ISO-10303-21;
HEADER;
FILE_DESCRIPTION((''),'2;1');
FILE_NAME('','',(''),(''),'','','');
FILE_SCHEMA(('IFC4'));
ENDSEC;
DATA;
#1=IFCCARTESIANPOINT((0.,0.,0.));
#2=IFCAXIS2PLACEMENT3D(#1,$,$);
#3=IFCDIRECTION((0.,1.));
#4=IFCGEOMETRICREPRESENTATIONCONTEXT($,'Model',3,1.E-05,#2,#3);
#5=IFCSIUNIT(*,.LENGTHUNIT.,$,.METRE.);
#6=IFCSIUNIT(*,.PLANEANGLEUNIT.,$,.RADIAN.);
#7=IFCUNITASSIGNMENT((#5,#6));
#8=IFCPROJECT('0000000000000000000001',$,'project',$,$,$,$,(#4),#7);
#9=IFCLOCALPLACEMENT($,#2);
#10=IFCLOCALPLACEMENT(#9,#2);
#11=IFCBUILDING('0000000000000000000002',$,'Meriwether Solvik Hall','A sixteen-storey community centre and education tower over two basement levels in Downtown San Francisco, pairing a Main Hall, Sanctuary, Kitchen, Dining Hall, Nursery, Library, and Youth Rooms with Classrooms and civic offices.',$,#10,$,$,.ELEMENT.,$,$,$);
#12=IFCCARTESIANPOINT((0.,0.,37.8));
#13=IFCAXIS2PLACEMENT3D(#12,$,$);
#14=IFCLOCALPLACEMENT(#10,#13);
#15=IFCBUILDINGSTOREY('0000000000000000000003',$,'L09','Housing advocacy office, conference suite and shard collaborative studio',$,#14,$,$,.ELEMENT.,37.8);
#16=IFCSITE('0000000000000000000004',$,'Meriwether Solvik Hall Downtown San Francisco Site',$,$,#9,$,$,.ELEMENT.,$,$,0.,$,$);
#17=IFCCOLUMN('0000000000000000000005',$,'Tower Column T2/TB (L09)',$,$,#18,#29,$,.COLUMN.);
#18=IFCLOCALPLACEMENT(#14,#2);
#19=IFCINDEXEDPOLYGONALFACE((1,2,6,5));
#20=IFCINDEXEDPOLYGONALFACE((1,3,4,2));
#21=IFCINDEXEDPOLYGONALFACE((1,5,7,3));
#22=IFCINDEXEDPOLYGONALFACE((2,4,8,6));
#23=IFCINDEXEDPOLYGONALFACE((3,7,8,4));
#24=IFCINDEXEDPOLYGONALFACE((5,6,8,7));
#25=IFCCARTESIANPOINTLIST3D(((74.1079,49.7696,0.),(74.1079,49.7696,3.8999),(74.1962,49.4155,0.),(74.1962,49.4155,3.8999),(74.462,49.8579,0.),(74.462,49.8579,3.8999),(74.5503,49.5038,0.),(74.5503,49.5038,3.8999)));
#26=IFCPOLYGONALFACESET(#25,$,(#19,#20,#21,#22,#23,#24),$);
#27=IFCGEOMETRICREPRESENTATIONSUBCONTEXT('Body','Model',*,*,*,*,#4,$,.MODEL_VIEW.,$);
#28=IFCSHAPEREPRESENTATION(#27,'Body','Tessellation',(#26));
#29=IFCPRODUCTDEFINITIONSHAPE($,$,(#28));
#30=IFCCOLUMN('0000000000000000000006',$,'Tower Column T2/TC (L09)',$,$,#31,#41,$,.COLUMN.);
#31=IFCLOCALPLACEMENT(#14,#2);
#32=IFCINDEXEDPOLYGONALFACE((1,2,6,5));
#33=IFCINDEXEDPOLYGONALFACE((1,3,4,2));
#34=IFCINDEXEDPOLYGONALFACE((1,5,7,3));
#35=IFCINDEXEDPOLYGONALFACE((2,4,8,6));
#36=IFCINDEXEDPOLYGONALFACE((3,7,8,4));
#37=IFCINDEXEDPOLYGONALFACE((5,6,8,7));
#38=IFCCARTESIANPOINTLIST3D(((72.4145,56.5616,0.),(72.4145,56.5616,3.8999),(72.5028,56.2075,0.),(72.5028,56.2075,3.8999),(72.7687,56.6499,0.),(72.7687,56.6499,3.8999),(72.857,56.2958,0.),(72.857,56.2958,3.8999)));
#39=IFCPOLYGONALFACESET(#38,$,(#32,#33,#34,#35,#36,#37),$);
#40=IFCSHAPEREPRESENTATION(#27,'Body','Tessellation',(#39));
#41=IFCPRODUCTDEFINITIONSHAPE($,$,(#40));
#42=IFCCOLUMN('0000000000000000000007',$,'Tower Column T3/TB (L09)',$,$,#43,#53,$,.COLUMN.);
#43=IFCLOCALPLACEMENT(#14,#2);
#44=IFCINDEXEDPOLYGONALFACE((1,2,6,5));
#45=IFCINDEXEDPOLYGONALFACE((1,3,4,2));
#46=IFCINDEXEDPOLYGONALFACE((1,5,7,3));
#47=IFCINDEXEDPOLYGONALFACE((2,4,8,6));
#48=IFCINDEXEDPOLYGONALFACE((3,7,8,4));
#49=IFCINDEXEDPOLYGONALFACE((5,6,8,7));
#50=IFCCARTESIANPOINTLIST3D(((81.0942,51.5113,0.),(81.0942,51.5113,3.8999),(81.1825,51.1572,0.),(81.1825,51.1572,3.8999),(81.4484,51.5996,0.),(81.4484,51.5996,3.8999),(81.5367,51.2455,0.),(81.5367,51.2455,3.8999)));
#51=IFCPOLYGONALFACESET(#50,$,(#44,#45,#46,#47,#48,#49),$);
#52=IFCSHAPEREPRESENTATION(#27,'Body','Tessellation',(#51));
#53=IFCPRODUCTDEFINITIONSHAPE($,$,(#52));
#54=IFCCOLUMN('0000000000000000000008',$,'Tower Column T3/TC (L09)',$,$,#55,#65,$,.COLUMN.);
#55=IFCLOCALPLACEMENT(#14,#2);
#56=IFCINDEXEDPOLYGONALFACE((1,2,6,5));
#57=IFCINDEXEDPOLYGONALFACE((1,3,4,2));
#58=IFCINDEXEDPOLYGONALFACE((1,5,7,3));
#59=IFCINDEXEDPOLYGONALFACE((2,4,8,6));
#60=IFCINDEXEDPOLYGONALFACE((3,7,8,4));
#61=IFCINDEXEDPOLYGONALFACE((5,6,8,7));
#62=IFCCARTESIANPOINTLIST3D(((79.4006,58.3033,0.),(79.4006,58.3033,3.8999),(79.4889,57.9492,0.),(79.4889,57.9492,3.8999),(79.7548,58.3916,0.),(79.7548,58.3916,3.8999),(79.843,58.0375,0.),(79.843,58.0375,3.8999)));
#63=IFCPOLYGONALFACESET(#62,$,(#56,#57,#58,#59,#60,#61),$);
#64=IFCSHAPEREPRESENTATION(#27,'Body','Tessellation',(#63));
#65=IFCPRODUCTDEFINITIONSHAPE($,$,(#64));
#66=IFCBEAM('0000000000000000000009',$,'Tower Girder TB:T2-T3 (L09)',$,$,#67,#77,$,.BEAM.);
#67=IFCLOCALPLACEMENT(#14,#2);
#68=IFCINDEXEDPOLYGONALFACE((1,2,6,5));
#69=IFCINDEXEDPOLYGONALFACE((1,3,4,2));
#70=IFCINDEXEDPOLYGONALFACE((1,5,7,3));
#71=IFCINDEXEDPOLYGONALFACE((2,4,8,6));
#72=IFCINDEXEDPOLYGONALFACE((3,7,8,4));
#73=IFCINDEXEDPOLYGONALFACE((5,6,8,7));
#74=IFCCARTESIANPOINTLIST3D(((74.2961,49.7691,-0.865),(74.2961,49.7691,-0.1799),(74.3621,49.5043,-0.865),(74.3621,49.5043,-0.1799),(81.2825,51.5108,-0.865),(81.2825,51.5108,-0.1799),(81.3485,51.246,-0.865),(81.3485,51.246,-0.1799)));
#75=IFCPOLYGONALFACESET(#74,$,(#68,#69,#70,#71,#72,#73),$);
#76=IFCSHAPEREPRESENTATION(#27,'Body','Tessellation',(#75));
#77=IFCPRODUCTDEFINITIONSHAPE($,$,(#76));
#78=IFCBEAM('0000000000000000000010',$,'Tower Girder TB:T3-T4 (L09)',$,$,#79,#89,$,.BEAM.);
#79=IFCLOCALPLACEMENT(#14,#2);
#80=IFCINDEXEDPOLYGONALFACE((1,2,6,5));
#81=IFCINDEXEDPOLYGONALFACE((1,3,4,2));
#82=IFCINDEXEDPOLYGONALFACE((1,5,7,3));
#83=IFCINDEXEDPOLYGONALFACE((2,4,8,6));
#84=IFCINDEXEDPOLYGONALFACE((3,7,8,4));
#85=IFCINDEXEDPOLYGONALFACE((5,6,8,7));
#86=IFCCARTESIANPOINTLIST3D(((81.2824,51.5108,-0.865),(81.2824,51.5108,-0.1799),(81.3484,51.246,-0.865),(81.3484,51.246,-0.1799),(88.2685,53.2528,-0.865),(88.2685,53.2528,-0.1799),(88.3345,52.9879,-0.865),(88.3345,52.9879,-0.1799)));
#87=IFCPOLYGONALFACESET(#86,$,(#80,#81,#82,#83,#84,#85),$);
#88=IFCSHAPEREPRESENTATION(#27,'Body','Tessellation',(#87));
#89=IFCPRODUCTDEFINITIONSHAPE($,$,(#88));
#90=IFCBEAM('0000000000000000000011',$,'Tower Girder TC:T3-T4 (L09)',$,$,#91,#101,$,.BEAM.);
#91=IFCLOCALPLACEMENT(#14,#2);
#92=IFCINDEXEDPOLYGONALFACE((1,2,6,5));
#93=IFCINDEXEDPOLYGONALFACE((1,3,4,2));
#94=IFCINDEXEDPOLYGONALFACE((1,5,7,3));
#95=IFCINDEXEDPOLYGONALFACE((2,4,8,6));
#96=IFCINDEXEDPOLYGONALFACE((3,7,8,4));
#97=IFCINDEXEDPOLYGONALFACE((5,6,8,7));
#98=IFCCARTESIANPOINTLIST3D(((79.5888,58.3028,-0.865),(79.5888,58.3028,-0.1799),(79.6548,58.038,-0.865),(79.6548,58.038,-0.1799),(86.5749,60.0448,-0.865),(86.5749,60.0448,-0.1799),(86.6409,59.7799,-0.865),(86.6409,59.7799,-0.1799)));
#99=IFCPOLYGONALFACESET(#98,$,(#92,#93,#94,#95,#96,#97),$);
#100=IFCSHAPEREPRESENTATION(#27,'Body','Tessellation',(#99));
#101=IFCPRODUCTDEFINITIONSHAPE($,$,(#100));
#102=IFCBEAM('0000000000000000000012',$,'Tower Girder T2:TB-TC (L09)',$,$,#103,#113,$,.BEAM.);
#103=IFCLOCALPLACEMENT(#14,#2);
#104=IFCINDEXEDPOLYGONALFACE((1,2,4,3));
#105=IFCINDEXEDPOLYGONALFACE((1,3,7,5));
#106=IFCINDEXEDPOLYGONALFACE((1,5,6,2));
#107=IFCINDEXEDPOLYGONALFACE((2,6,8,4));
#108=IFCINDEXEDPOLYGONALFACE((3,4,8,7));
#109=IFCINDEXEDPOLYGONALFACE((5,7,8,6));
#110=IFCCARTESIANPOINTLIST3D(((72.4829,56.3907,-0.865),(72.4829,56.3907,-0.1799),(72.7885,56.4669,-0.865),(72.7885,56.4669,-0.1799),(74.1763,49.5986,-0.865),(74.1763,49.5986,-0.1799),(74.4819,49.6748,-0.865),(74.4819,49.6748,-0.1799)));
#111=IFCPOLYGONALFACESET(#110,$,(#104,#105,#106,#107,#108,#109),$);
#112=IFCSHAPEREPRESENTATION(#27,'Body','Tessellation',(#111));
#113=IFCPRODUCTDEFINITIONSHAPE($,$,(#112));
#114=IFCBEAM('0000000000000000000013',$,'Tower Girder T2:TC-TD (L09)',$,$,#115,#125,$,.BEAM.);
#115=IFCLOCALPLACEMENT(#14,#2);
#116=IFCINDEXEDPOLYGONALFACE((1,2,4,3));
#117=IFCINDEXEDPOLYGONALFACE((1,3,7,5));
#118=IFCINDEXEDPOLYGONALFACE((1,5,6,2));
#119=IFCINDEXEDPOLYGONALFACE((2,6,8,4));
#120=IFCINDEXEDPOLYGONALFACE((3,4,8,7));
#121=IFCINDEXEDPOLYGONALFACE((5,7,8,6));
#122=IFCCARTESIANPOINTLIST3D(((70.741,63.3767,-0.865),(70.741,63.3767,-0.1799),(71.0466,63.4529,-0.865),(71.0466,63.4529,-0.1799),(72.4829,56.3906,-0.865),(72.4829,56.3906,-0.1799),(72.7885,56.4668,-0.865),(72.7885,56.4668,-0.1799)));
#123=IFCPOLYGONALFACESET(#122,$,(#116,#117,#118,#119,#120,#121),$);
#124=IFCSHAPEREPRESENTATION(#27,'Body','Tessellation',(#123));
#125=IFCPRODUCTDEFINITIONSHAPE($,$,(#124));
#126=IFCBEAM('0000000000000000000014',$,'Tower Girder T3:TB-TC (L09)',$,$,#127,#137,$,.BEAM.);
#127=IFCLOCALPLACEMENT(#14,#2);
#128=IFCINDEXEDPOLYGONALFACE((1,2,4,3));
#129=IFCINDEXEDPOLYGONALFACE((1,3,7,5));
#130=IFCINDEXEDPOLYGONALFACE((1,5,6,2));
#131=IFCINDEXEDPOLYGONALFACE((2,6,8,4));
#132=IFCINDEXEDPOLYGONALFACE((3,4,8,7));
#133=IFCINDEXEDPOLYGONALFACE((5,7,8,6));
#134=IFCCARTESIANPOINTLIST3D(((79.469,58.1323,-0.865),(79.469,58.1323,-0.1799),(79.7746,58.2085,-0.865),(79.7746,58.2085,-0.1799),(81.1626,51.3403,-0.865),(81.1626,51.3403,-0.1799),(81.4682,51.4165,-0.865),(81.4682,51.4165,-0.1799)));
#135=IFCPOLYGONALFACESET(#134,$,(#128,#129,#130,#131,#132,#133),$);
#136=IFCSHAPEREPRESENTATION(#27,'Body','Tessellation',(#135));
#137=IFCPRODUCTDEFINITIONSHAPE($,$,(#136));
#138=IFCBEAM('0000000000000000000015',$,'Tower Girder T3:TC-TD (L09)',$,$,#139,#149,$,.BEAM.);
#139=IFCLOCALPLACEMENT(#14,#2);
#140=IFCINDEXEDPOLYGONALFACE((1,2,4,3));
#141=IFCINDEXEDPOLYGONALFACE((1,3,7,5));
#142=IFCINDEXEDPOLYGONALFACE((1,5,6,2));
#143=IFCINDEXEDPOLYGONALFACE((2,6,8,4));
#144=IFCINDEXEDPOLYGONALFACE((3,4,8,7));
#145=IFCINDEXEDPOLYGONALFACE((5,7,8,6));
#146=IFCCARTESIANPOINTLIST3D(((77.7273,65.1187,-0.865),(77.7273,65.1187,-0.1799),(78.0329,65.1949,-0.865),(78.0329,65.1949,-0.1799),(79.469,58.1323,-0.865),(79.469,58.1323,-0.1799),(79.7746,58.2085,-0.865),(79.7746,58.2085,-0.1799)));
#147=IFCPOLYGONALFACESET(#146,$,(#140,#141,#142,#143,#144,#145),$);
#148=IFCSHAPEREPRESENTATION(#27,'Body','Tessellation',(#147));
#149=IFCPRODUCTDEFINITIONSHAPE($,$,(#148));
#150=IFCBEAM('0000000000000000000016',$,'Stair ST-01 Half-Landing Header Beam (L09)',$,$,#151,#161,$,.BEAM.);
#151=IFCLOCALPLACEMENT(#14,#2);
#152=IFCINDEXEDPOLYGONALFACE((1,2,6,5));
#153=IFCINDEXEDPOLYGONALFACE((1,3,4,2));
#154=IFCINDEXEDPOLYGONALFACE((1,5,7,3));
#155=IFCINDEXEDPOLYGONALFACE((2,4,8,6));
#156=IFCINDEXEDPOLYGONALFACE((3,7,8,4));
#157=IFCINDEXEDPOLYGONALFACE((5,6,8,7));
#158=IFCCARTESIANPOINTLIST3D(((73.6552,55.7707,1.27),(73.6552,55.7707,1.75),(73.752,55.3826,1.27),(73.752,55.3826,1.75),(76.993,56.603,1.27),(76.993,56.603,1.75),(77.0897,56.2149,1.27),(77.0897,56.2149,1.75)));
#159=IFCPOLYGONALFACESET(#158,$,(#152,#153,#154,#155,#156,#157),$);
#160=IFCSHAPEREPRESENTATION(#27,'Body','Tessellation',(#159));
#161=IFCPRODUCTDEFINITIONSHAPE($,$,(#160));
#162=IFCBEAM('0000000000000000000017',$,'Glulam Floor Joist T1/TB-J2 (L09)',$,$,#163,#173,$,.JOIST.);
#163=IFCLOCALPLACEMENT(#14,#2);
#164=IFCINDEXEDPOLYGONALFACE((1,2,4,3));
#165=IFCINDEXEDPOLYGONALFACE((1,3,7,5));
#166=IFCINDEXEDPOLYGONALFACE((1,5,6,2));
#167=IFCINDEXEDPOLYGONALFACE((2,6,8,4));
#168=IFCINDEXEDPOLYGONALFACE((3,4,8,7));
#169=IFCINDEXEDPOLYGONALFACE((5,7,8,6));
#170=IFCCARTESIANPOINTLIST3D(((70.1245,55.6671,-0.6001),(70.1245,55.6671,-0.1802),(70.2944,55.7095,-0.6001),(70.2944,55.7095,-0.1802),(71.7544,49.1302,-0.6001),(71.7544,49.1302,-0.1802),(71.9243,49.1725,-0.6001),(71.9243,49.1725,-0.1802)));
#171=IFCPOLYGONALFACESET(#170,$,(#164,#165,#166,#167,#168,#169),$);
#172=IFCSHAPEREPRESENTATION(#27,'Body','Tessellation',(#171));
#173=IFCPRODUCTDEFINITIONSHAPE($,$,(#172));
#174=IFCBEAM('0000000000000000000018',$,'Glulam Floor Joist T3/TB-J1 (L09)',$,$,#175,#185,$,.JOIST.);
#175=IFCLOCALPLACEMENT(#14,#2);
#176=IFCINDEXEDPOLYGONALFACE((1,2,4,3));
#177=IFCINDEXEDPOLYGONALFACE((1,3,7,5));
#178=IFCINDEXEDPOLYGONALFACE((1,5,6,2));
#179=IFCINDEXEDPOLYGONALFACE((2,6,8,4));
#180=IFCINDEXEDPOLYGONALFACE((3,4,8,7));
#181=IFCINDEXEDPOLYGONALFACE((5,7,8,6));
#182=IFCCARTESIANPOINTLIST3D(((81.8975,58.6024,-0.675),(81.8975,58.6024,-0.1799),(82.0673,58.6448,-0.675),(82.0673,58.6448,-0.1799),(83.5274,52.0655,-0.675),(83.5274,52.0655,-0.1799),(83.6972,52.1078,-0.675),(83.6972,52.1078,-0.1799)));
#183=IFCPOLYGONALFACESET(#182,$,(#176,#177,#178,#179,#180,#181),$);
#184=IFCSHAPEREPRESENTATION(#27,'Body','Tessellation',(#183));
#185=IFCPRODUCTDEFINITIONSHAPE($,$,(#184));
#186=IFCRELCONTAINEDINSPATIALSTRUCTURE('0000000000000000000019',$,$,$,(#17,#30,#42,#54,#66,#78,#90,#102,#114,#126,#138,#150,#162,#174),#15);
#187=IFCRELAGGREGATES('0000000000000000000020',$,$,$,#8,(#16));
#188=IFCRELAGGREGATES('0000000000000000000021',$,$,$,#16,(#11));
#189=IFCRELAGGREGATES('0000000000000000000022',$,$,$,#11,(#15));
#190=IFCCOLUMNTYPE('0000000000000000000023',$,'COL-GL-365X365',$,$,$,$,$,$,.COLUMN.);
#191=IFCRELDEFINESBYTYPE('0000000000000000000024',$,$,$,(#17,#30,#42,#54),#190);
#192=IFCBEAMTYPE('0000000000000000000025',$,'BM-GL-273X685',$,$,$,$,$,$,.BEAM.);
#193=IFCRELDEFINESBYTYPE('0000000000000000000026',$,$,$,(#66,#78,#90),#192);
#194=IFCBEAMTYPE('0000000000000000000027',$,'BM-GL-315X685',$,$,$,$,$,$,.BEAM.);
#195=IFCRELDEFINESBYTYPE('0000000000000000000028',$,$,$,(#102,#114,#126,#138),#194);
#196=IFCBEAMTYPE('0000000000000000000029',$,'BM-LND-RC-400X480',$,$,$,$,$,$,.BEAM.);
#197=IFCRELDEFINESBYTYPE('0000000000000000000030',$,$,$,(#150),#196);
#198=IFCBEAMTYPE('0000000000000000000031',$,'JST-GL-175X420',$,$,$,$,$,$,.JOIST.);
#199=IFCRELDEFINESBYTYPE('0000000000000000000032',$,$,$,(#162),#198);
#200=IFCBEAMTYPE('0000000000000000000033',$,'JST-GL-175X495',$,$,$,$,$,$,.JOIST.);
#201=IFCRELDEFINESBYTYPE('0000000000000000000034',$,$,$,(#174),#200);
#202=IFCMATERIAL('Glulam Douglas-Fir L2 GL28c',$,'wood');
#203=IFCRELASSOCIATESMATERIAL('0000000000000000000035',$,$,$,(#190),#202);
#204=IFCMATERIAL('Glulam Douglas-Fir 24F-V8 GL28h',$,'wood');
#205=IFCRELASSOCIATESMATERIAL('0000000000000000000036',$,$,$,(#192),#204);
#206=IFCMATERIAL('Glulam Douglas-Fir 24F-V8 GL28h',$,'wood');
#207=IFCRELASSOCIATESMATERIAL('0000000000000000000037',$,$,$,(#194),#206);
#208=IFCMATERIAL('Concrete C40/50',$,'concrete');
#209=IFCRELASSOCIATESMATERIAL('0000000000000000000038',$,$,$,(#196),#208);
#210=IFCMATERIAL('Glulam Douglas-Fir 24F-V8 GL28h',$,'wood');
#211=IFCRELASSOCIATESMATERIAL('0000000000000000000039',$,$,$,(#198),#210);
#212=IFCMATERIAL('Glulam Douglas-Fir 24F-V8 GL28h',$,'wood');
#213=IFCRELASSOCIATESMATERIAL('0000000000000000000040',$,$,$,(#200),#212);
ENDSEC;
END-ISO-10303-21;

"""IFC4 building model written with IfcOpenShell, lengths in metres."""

from ifc_helpers import new_model, si_unit, direction, frame, origin, origin_2d, place, context, subcontext, project, spatial, rectangle, extrude, material, material_profile, profile_set, type_object, element, save


model = new_model("IFC4")

# Units and contexts
model_context = context("Model", 3, precision=1e-05, world=origin(), true_north=direction((0.0, 1.0)))
body_context = subcontext(model_context, "Body", "Model", "MODEL_VIEW")
ifc_project = project(units=[si_unit("LENGTHUNIT", "METRE"), si_unit("PLANEANGLEUNIT", "RADIAN")], contexts=[model_context])

# Site, building, storey
site_placement = place(None, origin())
site = spatial("IfcSite", under=ifc_project, at=site_placement, Name="Meriwether Solvik Hall Downtown San Francisco Site", CompositionType="ELEMENT", RefElevation=0.0)
building_placement = place(site_placement, origin())
building = spatial("IfcBuilding", under=site, at=building_placement, Name="Meriwether Solvik Hall", Description="A sixteen-storey community centre and education tower over two basement levels in Downtown San Francisco, pairing a Main Hall, Sanctuary, Kitchen, Dining Hall, Nursery, Library, and Youth Rooms with Classrooms and civic offices.", CompositionType="ELEMENT")
storey_placement = place(building_placement, frame((0.0, 0.0, 37.8)))
storey = spatial("IfcBuildingStorey", under=building, at=storey_placement, Name="L09", Description="Housing advocacy office, conference suite and shard collaborative studio", CompositionType="ELEMENT", Elevation=37.8)

# Columns
ifc_material_1 = material(Name="Glulam Douglas-Fir L2 GL28c", Category="wood")
ifc_material_profile_1 = material_profile(ifc_material_1, rectangle(XDim=0.365, YDim=0.365, at=origin_2d()), Name="GLC-365X365")
ifc_profile_set_1 = profile_set([ifc_material_profile_1], Name="Glulam Douglas-Fir L2 GL28c")
column_type = type_object("IfcColumnType", Name="COL-GL-365X365", PredefinedType="COLUMN", material=ifc_profile_set_1)
for number, where, z_axis, x_axis, name in (
    (1, (74.3291, 49.6367, 0.0), (0.0, 0.0, 1.0), (0.970296, 0.241922, 0.0), "Tower Column T2/TB (L09)"),
    (2, (72.6357, 56.4287, 0.0), (0.0, 0.0, 1.0), (0.970296, 0.241922, 0.0), "Tower Column T2/TC (L09)"),
    (3, (81.3154, 51.3784, 0.0), (0.0, 0.0, 1.0), (0.970296, 0.241922, 0.0), "Tower Column T3/TB (L09)"),
    (4, (79.6218, 58.1704, 0.0), (0.0, 0.0, 1.0), (0.970296, 0.241922, 0.0), "Tower Column T3/TC (L09)"),
):
    element("IfcColumn", number, at=place(storey_placement, frame(where, z_axis=z_axis, x_axis=x_axis)), inside=storey, type_object=column_type, Name=name, PredefinedType="COLUMN", context=body_context, shape_type="SweptSolid", body=[
        extrude(rectangle(XDim=0.365, YDim=0.365, at=origin_2d()), origin(), (0.0, 0.0, 1.0), 3.8999),
    ])

# Beams
ifc_material_2 = material(Name="Glulam Douglas-Fir 24F-V8 GL28h", Category="wood")
ifc_material_profile_2 = material_profile(ifc_material_2, rectangle(XDim=0.2729, YDim=0.6851, at=origin_2d()), Name="GLB-273X685")
ifc_profile_set_2 = profile_set([ifc_material_profile_2], Name="Glulam Douglas-Fir 24F-V8 GL28h")
beam_type_1 = type_object("IfcBeamType", Name="BM-GL-273X685", PredefinedType="BEAM", material=ifc_profile_set_2)
beam_1_placement = place(storey_placement, frame((74.3291, 49.6367, -0.5225), z_axis=(0.970302, 0.241897, 0.0), x_axis=(-0.241897, 0.970302, 0.0)))
element("IfcBeam", 5, at=beam_1_placement, inside=storey, type_object=beam_type_1, Name="Tower Girder TB:T2-T3 (L09)", PredefinedType="BEAM", context=body_context, shape_type="SweptSolid", body=[
    extrude(rectangle(XDim=0.2729, YDim=0.6851, at=origin_2d()), origin(), (0.0, 0.0, 1.0), 7.2002),
])
for number, where, z_axis, x_axis, name in (
    (6, (81.3154, 51.3784, -0.5225), (0.970292, 0.241937, 0.0), (-0.241937, 0.970292, 0.0), "Tower Girder TB:T3-T4 (L09)"),
    (7, (79.6218, 58.1704, -0.5225), (0.970292, 0.241937, 0.0), (-0.241937, 0.970292, 0.0), "Tower Girder TC:T3-T4 (L09)"),
):
    element("IfcBeam", number, at=place(storey_placement, frame(where, z_axis=z_axis, x_axis=x_axis)), inside=storey, type_object=beam_type_1, Name=name, PredefinedType="BEAM", context=body_context, shape_type="SweptSolid", body=[
        extrude(rectangle(XDim=0.2729, YDim=0.6851, at=origin_2d()), origin(), (0.0, 0.0, 1.0), 7.2),
    ])
ifc_material_3 = material(Name="Glulam Douglas-Fir 24F-V8 GL28h", Category="wood")
ifc_material_profile_3 = material_profile(ifc_material_3, rectangle(XDim=0.3149, YDim=0.6851, at=origin_2d()), Name="GLB-315X685")
ifc_profile_set_3 = profile_set([ifc_material_profile_3], Name="Glulam Douglas-Fir 24F-V8 GL28h")
beam_type_2 = type_object("IfcBeamType", Name="BM-GL-315X685", PredefinedType="BEAM", material=ifc_profile_set_3)
beam_2_placement = place(storey_placement, frame((74.3291, 49.6367, -0.5225), z_axis=(-0.241912, 0.970298, 0.0), x_axis=(-0.970298, -0.241912, 0.0)))
element("IfcBeam", 8, at=beam_2_placement, inside=storey, type_object=beam_type_2, Name="Tower Girder T2:TB-TC (L09)", PredefinedType="BEAM", context=body_context, shape_type="SweptSolid", body=[
    extrude(rectangle(XDim=0.3149, YDim=0.6851, at=origin_2d()), origin(), (0.0, 0.0, 1.0), 7.0),
])
beam_3_placement = place(storey_placement, frame((72.6357, 56.4287, -0.5225), z_axis=(-0.241937, 0.970292, 0.0), x_axis=(-0.970292, -0.241937, 0.0)))
element("IfcBeam", 9, at=beam_3_placement, inside=storey, type_object=beam_type_2, Name="Tower Girder T2:TC-TD (L09)", PredefinedType="BEAM", context=body_context, shape_type="SweptSolid", body=[
    extrude(rectangle(XDim=0.3149, YDim=0.6851, at=origin_2d()), origin(), (0.0, 0.0, 1.0), 7.2),
])
beam_4_placement = place(storey_placement, frame((81.3154, 51.3784, -0.5225), z_axis=(-0.241945, 0.97029, 0.0), x_axis=(-0.97029, -0.241945, 0.0)))
element("IfcBeam", 10, at=beam_4_placement, inside=storey, type_object=beam_type_2, Name="Tower Girder T3:TB-TC (L09)", PredefinedType="BEAM", context=body_context, shape_type="SweptSolid", body=[
    extrude(rectangle(XDim=0.3149, YDim=0.6851, at=origin_2d()), origin(), (0.0, 0.0, 1.0), 7.0),
])
beam_5_placement = place(storey_placement, frame((79.6218, 58.1704, -0.5225), z_axis=(-0.241897, 0.970302, 0.0), x_axis=(-0.970302, -0.241897, 0.0)))
element("IfcBeam", 11, at=beam_5_placement, inside=storey, type_object=beam_type_2, Name="Tower Girder T3:TC-TD (L09)", PredefinedType="BEAM", context=body_context, shape_type="SweptSolid", body=[
    extrude(rectangle(XDim=0.3149, YDim=0.6851, at=origin_2d()), origin(), (0.0, 0.0, 1.0), 7.2002),
])
ifc_material_4 = material(Name="Concrete C40/50", Category="concrete")
ifc_material_profile_4 = material_profile(ifc_material_4, rectangle(XDim=0.3999, YDim=0.48, at=origin_2d()), Name="RCB-400X480")
ifc_profile_set_4 = profile_set([ifc_material_profile_4], Name="Concrete C40/50")
beam_type_3 = type_object("IfcBeamType", Name="BM-LND-RC-400X480", PredefinedType="BEAM", material=ifc_profile_set_4)
beam_6_placement = place(storey_placement, frame((73.7036, 55.5767, 1.51), z_axis=(0.970288, 0.241951, 0.0), x_axis=(-0.241951, 0.970288, 0.0)))
element("IfcBeam", 12, at=beam_6_placement, inside=storey, type_object=beam_type_3, Name="Stair ST-01 Half-Landing Header Beam (L09)", PredefinedType="BEAM", context=body_context, shape_type="SweptSolid", body=[
    extrude(rectangle(XDim=0.3999, YDim=0.48, at=origin_2d()), origin(), (0.0, 0.0, 1.0), 3.4399),
])
ifc_material_5 = material(Name="Glulam Douglas-Fir 24F-V8 GL28h", Category="wood")
ifc_material_profile_5 = material_profile(ifc_material_5, rectangle(XDim=0.175, YDim=0.4199, at=origin_2d()), Name="GLJ-175X420")
ifc_profile_set_5 = profile_set([ifc_material_profile_5], Name="Glulam Douglas-Fir 24F-V8 GL28h")
beam_type_4 = type_object("IfcBeamType", Name="JST-GL-175X420", PredefinedType="JOIST", material=ifc_profile_set_5)
beam_7_placement = place(storey_placement, frame((71.8394, 49.1514, -0.3901), z_axis=(-0.24193, 0.970294, 0.0), x_axis=(-0.970294, -0.24193, 0.0)))
element("IfcBeam", 13, at=beam_7_placement, inside=storey, type_object=beam_type_4, Name="Glulam Floor Joist T1/TB-J2 (L09)", PredefinedType="JOIST", context=body_context, shape_type="SweptSolid", body=[
    extrude(rectangle(XDim=0.175, YDim=0.4199, at=origin_2d()), origin(), (0.0, 0.0, 1.0), 6.7371),
])
ifc_material_6 = material(Name="Glulam Douglas-Fir 24F-V8 GL28h", Category="wood")
ifc_material_profile_6 = material_profile(ifc_material_6, rectangle(XDim=0.175, YDim=0.4951, at=origin_2d()), Name="GLJ-175X495")
ifc_profile_set_6 = profile_set([ifc_material_profile_6], Name="Glulam Douglas-Fir 24F-V8 GL28h")
beam_type_5 = type_object("IfcBeamType", Name="JST-GL-175X495", PredefinedType="JOIST", material=ifc_profile_set_6)
beam_8_placement = place(storey_placement, frame((83.6123, 52.0867, -0.4275), z_axis=(-0.24193, 0.970294, 0.0), x_axis=(-0.970294, -0.24193, 0.0)))
element("IfcBeam", 14, at=beam_8_placement, inside=storey, type_object=beam_type_5, Name="Glulam Floor Joist T3/TB-J1 (L09)", PredefinedType="JOIST", context=body_context, shape_type="SweptSolid", body=[
    extrude(rectangle(XDim=0.175, YDim=0.4951, at=origin_2d()), origin(), (0.0, 0.0, 1.0), 6.7371),
])

save(model, "model.ifc")
